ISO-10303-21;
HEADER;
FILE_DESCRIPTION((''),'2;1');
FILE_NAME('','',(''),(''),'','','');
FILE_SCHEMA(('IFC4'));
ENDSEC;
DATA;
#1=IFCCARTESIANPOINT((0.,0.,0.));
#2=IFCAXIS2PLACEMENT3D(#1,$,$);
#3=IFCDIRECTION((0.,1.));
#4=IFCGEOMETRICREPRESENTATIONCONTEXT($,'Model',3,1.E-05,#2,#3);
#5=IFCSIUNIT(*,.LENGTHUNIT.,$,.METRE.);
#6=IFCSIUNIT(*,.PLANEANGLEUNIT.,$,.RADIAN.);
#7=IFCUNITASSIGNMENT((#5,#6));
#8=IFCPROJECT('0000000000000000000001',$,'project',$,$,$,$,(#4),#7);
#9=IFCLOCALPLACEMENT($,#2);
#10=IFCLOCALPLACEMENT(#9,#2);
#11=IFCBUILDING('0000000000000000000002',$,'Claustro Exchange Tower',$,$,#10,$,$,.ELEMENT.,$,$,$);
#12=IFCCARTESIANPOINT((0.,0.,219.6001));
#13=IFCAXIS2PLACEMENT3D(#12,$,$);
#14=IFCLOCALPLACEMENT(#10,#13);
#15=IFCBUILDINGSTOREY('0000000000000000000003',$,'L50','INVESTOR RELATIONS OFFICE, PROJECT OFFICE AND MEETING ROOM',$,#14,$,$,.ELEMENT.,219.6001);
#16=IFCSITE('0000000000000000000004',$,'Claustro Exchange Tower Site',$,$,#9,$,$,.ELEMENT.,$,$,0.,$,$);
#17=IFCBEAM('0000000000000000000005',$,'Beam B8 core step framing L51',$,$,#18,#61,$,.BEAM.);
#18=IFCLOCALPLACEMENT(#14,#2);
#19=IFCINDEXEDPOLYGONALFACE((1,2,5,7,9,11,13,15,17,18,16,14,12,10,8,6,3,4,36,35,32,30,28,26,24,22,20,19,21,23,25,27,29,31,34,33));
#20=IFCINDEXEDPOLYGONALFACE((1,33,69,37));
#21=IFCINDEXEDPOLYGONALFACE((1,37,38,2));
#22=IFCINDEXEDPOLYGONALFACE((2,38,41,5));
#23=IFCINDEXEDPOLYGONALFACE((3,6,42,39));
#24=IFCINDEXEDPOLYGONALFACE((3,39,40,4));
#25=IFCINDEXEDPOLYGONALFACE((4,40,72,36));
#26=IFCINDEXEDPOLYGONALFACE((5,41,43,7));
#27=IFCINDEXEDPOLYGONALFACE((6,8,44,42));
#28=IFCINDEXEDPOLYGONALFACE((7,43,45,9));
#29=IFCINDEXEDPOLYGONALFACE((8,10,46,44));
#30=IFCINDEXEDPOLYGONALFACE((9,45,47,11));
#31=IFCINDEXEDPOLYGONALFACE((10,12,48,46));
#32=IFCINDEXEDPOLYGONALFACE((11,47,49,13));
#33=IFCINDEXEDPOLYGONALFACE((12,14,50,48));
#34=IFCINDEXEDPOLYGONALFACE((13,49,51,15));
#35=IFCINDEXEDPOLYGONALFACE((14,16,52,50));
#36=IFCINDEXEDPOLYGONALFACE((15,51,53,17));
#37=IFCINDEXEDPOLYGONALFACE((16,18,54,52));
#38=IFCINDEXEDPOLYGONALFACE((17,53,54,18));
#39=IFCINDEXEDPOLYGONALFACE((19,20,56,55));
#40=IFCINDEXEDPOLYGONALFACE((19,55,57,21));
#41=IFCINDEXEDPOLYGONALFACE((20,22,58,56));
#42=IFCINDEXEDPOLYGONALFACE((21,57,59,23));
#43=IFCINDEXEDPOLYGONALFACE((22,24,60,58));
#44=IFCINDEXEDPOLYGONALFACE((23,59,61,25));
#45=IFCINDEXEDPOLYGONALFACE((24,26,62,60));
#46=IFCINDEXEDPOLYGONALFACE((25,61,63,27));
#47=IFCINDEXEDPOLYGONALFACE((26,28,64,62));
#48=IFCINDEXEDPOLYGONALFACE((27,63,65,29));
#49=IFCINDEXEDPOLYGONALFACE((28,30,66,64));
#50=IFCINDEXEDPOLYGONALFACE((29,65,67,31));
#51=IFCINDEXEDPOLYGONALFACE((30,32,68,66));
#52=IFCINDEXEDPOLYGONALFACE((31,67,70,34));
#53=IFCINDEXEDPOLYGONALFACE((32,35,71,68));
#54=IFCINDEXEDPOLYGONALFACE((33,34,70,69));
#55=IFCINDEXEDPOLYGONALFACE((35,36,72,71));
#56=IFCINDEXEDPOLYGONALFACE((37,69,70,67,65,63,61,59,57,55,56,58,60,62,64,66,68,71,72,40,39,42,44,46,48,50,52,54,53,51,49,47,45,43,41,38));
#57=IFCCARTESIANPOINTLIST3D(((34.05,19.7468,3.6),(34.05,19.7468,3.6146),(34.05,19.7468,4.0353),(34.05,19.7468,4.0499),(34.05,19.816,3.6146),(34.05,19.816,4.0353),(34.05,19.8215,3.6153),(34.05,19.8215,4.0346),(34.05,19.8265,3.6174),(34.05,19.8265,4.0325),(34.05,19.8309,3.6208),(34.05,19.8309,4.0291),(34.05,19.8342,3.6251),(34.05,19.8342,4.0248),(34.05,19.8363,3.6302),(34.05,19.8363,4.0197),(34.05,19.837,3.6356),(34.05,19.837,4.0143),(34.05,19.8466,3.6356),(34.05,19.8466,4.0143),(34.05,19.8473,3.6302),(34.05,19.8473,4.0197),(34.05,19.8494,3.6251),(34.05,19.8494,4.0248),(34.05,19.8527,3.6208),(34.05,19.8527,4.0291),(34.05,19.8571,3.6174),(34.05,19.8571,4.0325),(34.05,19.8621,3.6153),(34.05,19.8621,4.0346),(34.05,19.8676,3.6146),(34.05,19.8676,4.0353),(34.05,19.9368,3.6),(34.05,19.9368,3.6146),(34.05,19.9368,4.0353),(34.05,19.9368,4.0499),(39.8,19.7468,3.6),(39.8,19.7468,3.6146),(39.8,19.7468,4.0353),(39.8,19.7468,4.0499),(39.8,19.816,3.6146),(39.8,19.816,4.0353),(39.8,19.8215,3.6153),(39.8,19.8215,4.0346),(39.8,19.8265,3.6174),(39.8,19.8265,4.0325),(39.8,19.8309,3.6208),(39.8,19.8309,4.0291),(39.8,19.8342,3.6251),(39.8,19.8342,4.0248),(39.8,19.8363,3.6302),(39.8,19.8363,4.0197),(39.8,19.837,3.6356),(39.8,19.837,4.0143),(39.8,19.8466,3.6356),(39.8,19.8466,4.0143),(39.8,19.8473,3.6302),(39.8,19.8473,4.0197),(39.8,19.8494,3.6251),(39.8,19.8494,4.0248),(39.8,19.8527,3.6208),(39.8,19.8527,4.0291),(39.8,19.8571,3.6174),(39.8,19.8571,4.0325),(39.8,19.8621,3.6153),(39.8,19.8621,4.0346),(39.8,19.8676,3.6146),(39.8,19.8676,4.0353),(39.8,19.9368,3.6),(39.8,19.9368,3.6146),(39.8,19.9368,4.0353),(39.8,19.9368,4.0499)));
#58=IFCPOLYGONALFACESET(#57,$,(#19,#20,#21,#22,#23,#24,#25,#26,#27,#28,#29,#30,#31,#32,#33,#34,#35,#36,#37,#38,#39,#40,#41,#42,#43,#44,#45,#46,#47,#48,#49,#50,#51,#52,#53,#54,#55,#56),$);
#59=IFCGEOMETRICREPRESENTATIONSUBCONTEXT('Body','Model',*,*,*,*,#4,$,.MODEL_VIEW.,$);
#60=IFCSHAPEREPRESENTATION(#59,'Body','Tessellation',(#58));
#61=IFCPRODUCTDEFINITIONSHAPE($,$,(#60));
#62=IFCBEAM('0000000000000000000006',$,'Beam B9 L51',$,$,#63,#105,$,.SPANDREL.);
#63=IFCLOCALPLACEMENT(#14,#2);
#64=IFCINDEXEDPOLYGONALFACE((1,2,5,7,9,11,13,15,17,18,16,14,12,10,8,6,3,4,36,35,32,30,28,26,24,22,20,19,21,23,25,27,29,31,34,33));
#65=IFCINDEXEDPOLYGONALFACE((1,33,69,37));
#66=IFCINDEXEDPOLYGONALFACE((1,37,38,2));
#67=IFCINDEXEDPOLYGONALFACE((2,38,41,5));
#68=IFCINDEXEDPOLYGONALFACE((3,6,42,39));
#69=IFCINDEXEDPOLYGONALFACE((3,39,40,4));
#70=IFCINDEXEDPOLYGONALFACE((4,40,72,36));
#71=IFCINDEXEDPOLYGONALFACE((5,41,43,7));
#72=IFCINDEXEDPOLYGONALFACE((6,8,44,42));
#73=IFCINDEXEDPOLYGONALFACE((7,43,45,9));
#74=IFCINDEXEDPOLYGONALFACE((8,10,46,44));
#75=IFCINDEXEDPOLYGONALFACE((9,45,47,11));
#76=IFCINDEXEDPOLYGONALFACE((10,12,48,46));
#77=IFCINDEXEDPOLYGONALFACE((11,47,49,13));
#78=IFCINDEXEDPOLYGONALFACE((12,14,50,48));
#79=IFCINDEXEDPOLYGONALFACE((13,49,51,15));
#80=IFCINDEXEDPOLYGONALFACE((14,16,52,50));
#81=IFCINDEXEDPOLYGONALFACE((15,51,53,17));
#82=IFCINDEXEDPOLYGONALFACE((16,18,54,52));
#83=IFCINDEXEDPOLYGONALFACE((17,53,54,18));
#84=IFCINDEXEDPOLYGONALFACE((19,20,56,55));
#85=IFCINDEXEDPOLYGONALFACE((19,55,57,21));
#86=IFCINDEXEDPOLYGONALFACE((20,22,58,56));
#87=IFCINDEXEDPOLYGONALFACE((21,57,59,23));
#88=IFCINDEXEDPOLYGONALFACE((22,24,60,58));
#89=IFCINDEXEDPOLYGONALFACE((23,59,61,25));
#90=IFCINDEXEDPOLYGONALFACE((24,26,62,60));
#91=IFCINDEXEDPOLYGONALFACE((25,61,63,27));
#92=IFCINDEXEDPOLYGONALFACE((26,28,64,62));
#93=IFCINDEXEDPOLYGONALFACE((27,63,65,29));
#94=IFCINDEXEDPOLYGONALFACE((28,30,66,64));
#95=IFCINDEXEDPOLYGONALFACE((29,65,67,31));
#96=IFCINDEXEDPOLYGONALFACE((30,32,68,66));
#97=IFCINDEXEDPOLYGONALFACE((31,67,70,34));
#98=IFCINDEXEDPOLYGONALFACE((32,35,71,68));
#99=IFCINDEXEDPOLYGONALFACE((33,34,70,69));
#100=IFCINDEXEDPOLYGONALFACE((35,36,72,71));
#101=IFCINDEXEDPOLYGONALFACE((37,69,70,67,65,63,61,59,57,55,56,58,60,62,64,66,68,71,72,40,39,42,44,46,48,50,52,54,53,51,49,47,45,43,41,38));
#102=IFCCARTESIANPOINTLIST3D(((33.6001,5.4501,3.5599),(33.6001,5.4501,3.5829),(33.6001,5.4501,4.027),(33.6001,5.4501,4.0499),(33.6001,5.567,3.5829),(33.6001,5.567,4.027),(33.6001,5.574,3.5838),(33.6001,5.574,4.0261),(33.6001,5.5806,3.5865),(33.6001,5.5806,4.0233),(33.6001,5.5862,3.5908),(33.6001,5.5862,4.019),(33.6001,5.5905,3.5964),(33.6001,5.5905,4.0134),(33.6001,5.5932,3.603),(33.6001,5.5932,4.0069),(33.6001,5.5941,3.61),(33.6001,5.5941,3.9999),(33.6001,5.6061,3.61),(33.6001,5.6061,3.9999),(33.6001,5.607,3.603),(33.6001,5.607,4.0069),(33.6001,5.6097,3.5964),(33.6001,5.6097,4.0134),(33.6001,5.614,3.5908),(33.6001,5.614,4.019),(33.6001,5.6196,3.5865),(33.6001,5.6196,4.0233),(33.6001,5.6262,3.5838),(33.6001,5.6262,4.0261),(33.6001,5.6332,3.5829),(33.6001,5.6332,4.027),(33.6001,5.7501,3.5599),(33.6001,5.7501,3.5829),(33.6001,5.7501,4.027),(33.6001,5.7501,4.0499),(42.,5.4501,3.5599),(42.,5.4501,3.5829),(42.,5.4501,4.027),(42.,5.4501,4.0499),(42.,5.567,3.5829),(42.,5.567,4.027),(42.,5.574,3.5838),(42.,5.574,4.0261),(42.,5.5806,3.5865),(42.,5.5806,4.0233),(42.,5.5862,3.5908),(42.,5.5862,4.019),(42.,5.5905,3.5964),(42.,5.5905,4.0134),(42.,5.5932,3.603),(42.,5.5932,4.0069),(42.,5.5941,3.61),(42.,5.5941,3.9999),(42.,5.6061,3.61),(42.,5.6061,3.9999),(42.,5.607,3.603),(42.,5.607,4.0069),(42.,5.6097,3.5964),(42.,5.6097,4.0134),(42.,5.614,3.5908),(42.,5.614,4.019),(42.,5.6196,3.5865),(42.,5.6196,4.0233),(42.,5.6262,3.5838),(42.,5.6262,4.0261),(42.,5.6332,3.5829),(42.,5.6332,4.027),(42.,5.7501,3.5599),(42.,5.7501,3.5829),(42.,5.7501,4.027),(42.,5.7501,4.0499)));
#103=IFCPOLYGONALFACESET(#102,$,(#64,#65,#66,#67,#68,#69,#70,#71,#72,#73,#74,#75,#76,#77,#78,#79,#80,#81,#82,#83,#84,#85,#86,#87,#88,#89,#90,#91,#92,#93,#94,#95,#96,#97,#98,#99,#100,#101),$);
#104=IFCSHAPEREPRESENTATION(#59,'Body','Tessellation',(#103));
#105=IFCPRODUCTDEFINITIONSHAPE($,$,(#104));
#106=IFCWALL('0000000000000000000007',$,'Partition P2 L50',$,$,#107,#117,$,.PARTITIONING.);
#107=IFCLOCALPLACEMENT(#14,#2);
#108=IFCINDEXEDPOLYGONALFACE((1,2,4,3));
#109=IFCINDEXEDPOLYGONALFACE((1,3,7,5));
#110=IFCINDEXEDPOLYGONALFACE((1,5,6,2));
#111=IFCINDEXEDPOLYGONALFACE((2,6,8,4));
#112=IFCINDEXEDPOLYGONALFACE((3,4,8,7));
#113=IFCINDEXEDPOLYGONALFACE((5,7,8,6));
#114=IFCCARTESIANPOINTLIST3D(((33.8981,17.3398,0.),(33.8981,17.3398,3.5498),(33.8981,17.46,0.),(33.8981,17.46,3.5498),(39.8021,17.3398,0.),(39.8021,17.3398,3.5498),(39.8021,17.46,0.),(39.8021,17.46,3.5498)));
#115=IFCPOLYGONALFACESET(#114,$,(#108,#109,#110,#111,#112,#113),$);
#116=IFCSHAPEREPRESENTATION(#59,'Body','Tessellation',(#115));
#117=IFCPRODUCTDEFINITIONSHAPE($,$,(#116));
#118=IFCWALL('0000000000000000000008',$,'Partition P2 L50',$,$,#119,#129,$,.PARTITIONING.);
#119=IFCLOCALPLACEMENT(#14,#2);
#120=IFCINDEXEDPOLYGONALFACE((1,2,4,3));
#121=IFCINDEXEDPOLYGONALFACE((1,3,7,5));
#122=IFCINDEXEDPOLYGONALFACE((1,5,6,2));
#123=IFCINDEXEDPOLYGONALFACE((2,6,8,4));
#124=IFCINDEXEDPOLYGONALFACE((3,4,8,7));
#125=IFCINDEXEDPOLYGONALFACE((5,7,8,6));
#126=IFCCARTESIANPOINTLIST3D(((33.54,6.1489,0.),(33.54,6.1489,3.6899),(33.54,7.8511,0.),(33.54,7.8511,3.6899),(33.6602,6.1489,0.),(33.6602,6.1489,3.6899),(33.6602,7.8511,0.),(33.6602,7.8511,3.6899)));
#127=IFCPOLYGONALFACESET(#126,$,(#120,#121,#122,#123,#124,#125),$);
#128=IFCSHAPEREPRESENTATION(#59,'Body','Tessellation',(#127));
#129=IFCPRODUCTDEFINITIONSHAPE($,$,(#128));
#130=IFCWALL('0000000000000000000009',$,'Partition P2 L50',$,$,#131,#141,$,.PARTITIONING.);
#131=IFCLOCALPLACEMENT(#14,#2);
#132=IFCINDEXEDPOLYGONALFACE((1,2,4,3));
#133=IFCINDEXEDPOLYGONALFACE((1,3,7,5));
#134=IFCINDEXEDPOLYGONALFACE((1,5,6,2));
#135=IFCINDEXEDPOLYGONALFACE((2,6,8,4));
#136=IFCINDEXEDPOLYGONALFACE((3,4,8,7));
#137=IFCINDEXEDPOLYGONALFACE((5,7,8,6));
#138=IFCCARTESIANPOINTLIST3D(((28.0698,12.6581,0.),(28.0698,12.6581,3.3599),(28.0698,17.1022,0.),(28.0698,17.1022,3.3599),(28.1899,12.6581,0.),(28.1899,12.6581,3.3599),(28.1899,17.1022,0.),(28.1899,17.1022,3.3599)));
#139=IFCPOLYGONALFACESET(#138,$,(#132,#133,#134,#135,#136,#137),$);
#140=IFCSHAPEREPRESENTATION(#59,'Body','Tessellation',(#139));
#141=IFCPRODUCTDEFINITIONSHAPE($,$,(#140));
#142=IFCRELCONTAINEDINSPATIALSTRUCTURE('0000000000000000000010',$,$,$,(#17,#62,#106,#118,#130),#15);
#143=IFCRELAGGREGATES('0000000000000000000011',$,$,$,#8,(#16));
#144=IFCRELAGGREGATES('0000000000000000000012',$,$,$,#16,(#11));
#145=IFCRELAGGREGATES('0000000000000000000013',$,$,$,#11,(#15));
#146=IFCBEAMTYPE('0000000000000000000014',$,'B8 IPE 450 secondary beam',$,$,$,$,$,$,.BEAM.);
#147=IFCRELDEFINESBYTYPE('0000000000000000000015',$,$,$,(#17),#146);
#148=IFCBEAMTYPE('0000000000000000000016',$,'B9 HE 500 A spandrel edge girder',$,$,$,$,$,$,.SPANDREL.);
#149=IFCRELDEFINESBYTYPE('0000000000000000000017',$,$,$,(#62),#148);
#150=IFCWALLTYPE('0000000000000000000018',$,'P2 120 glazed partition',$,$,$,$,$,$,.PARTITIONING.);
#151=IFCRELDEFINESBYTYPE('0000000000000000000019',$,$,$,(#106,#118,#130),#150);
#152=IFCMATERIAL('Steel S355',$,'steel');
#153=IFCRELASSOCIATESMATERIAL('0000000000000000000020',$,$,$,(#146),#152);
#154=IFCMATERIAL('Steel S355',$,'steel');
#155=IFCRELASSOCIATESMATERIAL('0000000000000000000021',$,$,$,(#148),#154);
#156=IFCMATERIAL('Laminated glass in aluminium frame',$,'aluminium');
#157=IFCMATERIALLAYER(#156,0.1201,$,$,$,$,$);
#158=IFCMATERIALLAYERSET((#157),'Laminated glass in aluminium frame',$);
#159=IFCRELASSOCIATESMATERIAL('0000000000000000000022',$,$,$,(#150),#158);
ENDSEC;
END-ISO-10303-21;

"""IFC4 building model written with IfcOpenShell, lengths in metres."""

from ifc_helpers import new_model, si_unit, direction, frame, frame_2d, origin, origin_2d, place, context, subcontext, project, spatial, rectangle, i_section, extrude, material, layer, layer_set, material_profile, profile_set, type_object, element, save


model = new_model("IFC4")

# Units and contexts
model_context = context("Model", 3, precision=1e-05, world=origin(), true_north=direction((0.0, 1.0)))
body_context = subcontext(model_context, "Body", "Model", "MODEL_VIEW")
ifc_project = project(units=[si_unit("LENGTHUNIT", "METRE"), si_unit("PLANEANGLEUNIT", "RADIAN")], contexts=[model_context])

# Site, building, storey
site_placement = place(None, origin())
site = spatial("IfcSite", under=ifc_project, at=site_placement, Name="Claustro Exchange Tower Site", CompositionType="ELEMENT", RefElevation=0.0)
building_placement = place(site_placement, origin())
building = spatial("IfcBuilding", under=site, at=building_placement, Name="Claustro Exchange Tower", CompositionType="ELEMENT")
storey_placement = place(building_placement, frame((0.0, 0.0, 219.6001)))
storey = spatial("IfcBuildingStorey", under=building, at=storey_placement, Name="L50", Description="INVESTOR RELATIONS OFFICE, PROJECT OFFICE AND MEETING ROOM", CompositionType="ELEMENT", Elevation=219.6001)

# Beams
ifc_material_1 = material(Name="Steel S355", Category="steel")
ifc_material_profile_1 = material_profile(ifc_material_1, i_section(OverallWidth=0.1899, OverallDepth=0.45, WebThickness=0.0095, FlangeThickness=0.0146, FilletRadius=0.021, at=origin_2d()), Name="IPE 450")
ifc_profile_set_1 = profile_set([ifc_material_profile_1], Name="Steel S355")
beam_type_1 = type_object("IfcBeamType", Name="B8 IPE 450 secondary beam", PredefinedType="BEAM", material=ifc_profile_set_1)
for number, where, z_axis, x_axis, name in (
    (1, (34.05, 19.8418, 3.825), (1.0, 0.0, 0.0), (0.0, 1.0, 0.0), "Beam B8 core step framing L51"),
):
    element("IfcBeam", number, at=place(storey_placement, frame(where, z_axis=z_axis, x_axis=x_axis)), inside=storey, type_object=beam_type_1, Name=name, PredefinedType="BEAM", context=body_context, shape_type="SweptSolid", body=[
        extrude(i_section(OverallWidth=0.1899, OverallDepth=0.45, WebThickness=0.0095, FlangeThickness=0.0146, FilletRadius=0.021, at=origin_2d()), origin(), (0.0, 0.0, 1.0), 5.75),
    ])
ifc_material_2 = material(Name="Steel S355", Category="steel")
ifc_material_profile_2 = material_profile(ifc_material_2, i_section(OverallWidth=0.3, OverallDepth=0.49, WebThickness=0.012, FlangeThickness=0.0229, FilletRadius=0.0271, at=origin_2d()), Name="HE 500 A")
ifc_profile_set_2 = profile_set([ifc_material_profile_2], Name="Steel S355")
beam_type_2 = type_object("IfcBeamType", Name="B9 HE 500 A spandrel edge girder", PredefinedType="SPANDREL", material=ifc_profile_set_2)
beam_1_placement = place(storey_placement, frame((33.6001, 5.6001, 3.8049), z_axis=(1.0, 0.0, 0.0), x_axis=(0.0, 1.0, 0.0)))
element("IfcBeam", 2, at=beam_1_placement, inside=storey, type_object=beam_type_2, Name="Beam B9 L51", PredefinedType="SPANDREL", context=body_context, shape_type="SweptSolid", body=[
    extrude(i_section(OverallWidth=0.3, OverallDepth=0.49, WebThickness=0.012, FlangeThickness=0.0229, FilletRadius=0.0271, at=origin_2d()), origin(), (0.0, 0.0, 1.0), 8.3999),
])

# Wall
ifc_material_3 = material(Name="Laminated glass in aluminium frame", Category="aluminium")
ifc_layer_1 = layer(ifc_material_3, 0.1201)
ifc_layer_set_1 = layer_set([ifc_layer_1], Name="Laminated glass in aluminium frame")
wall_type_1 = type_object("IfcWallType", Name="P2 120 glazed partition", PredefinedType="PARTITIONING", material=ifc_layer_set_1)
wall_1_placement = place(storey_placement, frame((33.8979, 17.3999, 0.0), z_axis=(0.0, 0.0, 1.0), x_axis=(1.0, 0.0, 0.0)))
element("IfcWall", 3, at=wall_1_placement, inside=storey, type_object=wall_type_1, Name="Partition P2 L50", PredefinedType="PARTITIONING", context=body_context, shape_type="SweptSolid", body=[
    extrude(rectangle(XDim=5.9041, YDim=0.1201, at=frame_2d((2.9521, 0.0))), origin(), (0.0, 0.0, 1.0), 3.5498),
])

# Walls
wall_2_placement = place(storey_placement, frame((33.6001, 6.1489, 0.0), z_axis=(0.0, 0.0, 1.0), x_axis=(0.0, 1.0, 0.0)))
element("IfcWall", 4, at=wall_2_placement, inside=storey, type_object=wall_type_1, Name="Partition P2 L50", PredefinedType="PARTITIONING", context=body_context, shape_type="SweptSolid", body=[
    extrude(rectangle(XDim=1.7021, YDim=0.1201, at=frame_2d((0.8511, 0.0))), origin(), (0.0, 0.0, 1.0), 3.6899),
])
wall_3_placement = place(storey_placement, frame((28.1299, 12.658, 0.0), z_axis=(0.0, 0.0, 1.0), x_axis=(0.0, 1.0, 0.0)))
element("IfcWall", 5, at=wall_3_placement, inside=storey, type_object=wall_type_1, Name="Partition P2 L50", PredefinedType="PARTITIONING", context=body_context, shape_type="SweptSolid", body=[
    extrude(rectangle(XDim=4.4441, YDim=0.1201, at=frame_2d((2.2222, 0.0))), origin(), (0.0, 0.0, 1.0), 3.3599),
])

save(model, "model.ifc")
